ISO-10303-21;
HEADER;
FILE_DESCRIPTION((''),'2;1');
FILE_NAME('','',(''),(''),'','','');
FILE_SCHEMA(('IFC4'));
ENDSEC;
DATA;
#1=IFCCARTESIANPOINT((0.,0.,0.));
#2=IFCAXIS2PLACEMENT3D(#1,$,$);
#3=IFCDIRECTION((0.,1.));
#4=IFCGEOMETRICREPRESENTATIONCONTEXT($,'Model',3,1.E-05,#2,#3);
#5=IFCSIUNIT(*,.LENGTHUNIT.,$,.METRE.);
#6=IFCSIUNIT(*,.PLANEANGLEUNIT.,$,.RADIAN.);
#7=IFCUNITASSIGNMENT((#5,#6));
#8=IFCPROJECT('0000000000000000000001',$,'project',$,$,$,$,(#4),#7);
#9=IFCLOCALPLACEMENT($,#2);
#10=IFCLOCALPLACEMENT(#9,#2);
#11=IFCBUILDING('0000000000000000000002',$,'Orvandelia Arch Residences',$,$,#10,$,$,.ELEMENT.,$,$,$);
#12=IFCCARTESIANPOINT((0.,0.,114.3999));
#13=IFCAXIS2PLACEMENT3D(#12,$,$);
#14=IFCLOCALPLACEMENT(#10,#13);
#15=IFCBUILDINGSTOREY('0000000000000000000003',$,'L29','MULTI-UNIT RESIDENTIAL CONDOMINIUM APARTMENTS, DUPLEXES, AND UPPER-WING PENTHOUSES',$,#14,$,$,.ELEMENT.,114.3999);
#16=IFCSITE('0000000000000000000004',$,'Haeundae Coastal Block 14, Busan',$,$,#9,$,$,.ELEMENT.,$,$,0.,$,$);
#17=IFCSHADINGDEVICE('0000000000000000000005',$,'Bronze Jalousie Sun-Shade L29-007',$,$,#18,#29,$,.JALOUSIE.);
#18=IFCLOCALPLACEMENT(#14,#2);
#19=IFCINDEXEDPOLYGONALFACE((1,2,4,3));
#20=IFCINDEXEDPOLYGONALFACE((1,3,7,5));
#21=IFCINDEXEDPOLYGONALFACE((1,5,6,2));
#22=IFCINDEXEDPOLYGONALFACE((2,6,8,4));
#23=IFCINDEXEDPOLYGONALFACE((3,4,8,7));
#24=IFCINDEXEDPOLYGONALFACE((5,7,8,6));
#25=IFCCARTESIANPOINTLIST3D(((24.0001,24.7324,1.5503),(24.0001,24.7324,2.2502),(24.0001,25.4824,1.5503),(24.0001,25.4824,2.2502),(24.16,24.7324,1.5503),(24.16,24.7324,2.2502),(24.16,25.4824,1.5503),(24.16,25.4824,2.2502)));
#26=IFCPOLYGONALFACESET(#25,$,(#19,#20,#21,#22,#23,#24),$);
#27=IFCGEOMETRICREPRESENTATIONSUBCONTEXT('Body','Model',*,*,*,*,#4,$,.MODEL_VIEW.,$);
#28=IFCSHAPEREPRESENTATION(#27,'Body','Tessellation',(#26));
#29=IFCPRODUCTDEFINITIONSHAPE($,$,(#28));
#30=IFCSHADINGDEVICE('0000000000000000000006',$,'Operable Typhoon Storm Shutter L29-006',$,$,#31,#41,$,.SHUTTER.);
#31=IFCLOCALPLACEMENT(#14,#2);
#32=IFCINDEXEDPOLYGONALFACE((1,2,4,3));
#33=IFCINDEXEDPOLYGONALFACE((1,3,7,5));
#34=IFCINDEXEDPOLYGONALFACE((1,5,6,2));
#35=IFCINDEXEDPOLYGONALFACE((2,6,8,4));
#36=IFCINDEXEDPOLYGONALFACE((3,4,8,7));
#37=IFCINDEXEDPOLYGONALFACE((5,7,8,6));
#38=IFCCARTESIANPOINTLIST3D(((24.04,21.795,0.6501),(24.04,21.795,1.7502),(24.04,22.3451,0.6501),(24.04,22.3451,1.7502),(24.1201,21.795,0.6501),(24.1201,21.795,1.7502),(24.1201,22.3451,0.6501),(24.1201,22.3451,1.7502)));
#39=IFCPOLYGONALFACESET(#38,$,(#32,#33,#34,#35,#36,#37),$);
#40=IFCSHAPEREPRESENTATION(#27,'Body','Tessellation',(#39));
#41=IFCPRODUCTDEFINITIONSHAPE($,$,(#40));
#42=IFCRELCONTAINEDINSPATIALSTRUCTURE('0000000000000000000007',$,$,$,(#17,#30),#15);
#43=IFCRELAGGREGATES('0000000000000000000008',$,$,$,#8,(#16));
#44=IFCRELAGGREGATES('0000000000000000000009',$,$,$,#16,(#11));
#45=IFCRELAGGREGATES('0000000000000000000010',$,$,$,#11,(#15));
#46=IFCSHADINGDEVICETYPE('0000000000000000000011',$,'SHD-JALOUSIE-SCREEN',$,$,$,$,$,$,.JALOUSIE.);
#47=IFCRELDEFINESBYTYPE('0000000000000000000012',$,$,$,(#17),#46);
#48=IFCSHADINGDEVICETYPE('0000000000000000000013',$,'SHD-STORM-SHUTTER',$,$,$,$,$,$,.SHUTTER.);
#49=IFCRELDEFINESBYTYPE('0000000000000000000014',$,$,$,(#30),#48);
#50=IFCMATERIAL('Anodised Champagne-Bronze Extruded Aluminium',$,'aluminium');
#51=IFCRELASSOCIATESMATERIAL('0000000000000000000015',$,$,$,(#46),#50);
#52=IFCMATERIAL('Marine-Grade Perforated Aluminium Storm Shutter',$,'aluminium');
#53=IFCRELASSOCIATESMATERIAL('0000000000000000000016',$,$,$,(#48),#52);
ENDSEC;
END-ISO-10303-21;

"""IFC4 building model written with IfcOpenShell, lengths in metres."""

from ifc_helpers import new_model, si_unit, direction, frame, origin, origin_2d, place, context, subcontext, project, spatial, rectangle, extrude, material, type_object, element, save


model = new_model("IFC4")

# Units and contexts
model_context = context("Model", 3, precision=1e-05, world=origin(), true_north=direction((0.0, 1.0)))
body_context = subcontext(model_context, "Body", "Model", "MODEL_VIEW")
ifc_project = project(units=[si_unit("LENGTHUNIT", "METRE"), si_unit("PLANEANGLEUNIT", "RADIAN")], contexts=[model_context])

# Site, building, storey
site_placement = place(None, origin())
site = spatial("IfcSite", under=ifc_project, at=site_placement, Name="Haeundae Coastal Block 14, Busan", CompositionType="ELEMENT", RefElevation=0.0)
building_placement = place(site_placement, origin())
building = spatial("IfcBuilding", under=site, at=building_placement, Name="Orvandelia Arch Residences", CompositionType="ELEMENT")
storey_placement = place(building_placement, frame((0.0, 0.0, 114.3999)))
storey = spatial("IfcBuildingStorey", under=building, at=storey_placement, Name="L29", Description="MULTI-UNIT RESIDENTIAL CONDOMINIUM APARTMENTS, DUPLEXES, AND UPPER-WING PENTHOUSES", CompositionType="ELEMENT", Elevation=114.3999)

# Shading devices
ifc_material_1 = material(Name="Anodised Champagne-Bronze Extruded Aluminium", Category="aluminium")
shading_device_type_1 = type_object("IfcShadingDeviceType", Name="SHD-JALOUSIE-SCREEN", PredefinedType="JALOUSIE", material=ifc_material_1)
shading_device_1_placement = place(storey_placement, frame((24.0801, 25.1074, 1.5503), z_axis=(0.0, 0.0, 1.0), x_axis=(0.0, -1.0, 0.0)))
element("IfcShadingDevice", 1, at=shading_device_1_placement, inside=storey, type_object=shading_device_type_1, Name="Bronze Jalousie Sun-Shade L29-007", PredefinedType="JALOUSIE", context=body_context, shape_type="SweptSolid", body=[
    extrude(rectangle(XDim=0.75, YDim=0.1599, at=origin_2d()), origin(), (0.0, 0.0, 1.0), 0.7),
])
ifc_material_2 = material(Name="Marine-Grade Perforated Aluminium Storm Shutter", Category="aluminium")
shading_device_type_2 = type_object("IfcShadingDeviceType", Name="SHD-STORM-SHUTTER", PredefinedType="SHUTTER", material=ifc_material_2)
shading_device_2_placement = place(storey_placement, frame((24.0801, 22.0701, 0.6501), z_axis=(0.0, 0.0, 1.0), x_axis=(0.0, -1.0, 0.0)))
element("IfcShadingDevice", 2, at=shading_device_2_placement, inside=storey, type_object=shading_device_type_2, Name="Operable Typhoon Storm Shutter L29-006", PredefinedType="SHUTTER", context=body_context, shape_type="SweptSolid", body=[
    extrude(rectangle(XDim=0.55, YDim=0.0801, at=origin_2d()), origin(), (0.0, 0.0, 1.0), 1.1001),
])

save(model, "model.ifc")
